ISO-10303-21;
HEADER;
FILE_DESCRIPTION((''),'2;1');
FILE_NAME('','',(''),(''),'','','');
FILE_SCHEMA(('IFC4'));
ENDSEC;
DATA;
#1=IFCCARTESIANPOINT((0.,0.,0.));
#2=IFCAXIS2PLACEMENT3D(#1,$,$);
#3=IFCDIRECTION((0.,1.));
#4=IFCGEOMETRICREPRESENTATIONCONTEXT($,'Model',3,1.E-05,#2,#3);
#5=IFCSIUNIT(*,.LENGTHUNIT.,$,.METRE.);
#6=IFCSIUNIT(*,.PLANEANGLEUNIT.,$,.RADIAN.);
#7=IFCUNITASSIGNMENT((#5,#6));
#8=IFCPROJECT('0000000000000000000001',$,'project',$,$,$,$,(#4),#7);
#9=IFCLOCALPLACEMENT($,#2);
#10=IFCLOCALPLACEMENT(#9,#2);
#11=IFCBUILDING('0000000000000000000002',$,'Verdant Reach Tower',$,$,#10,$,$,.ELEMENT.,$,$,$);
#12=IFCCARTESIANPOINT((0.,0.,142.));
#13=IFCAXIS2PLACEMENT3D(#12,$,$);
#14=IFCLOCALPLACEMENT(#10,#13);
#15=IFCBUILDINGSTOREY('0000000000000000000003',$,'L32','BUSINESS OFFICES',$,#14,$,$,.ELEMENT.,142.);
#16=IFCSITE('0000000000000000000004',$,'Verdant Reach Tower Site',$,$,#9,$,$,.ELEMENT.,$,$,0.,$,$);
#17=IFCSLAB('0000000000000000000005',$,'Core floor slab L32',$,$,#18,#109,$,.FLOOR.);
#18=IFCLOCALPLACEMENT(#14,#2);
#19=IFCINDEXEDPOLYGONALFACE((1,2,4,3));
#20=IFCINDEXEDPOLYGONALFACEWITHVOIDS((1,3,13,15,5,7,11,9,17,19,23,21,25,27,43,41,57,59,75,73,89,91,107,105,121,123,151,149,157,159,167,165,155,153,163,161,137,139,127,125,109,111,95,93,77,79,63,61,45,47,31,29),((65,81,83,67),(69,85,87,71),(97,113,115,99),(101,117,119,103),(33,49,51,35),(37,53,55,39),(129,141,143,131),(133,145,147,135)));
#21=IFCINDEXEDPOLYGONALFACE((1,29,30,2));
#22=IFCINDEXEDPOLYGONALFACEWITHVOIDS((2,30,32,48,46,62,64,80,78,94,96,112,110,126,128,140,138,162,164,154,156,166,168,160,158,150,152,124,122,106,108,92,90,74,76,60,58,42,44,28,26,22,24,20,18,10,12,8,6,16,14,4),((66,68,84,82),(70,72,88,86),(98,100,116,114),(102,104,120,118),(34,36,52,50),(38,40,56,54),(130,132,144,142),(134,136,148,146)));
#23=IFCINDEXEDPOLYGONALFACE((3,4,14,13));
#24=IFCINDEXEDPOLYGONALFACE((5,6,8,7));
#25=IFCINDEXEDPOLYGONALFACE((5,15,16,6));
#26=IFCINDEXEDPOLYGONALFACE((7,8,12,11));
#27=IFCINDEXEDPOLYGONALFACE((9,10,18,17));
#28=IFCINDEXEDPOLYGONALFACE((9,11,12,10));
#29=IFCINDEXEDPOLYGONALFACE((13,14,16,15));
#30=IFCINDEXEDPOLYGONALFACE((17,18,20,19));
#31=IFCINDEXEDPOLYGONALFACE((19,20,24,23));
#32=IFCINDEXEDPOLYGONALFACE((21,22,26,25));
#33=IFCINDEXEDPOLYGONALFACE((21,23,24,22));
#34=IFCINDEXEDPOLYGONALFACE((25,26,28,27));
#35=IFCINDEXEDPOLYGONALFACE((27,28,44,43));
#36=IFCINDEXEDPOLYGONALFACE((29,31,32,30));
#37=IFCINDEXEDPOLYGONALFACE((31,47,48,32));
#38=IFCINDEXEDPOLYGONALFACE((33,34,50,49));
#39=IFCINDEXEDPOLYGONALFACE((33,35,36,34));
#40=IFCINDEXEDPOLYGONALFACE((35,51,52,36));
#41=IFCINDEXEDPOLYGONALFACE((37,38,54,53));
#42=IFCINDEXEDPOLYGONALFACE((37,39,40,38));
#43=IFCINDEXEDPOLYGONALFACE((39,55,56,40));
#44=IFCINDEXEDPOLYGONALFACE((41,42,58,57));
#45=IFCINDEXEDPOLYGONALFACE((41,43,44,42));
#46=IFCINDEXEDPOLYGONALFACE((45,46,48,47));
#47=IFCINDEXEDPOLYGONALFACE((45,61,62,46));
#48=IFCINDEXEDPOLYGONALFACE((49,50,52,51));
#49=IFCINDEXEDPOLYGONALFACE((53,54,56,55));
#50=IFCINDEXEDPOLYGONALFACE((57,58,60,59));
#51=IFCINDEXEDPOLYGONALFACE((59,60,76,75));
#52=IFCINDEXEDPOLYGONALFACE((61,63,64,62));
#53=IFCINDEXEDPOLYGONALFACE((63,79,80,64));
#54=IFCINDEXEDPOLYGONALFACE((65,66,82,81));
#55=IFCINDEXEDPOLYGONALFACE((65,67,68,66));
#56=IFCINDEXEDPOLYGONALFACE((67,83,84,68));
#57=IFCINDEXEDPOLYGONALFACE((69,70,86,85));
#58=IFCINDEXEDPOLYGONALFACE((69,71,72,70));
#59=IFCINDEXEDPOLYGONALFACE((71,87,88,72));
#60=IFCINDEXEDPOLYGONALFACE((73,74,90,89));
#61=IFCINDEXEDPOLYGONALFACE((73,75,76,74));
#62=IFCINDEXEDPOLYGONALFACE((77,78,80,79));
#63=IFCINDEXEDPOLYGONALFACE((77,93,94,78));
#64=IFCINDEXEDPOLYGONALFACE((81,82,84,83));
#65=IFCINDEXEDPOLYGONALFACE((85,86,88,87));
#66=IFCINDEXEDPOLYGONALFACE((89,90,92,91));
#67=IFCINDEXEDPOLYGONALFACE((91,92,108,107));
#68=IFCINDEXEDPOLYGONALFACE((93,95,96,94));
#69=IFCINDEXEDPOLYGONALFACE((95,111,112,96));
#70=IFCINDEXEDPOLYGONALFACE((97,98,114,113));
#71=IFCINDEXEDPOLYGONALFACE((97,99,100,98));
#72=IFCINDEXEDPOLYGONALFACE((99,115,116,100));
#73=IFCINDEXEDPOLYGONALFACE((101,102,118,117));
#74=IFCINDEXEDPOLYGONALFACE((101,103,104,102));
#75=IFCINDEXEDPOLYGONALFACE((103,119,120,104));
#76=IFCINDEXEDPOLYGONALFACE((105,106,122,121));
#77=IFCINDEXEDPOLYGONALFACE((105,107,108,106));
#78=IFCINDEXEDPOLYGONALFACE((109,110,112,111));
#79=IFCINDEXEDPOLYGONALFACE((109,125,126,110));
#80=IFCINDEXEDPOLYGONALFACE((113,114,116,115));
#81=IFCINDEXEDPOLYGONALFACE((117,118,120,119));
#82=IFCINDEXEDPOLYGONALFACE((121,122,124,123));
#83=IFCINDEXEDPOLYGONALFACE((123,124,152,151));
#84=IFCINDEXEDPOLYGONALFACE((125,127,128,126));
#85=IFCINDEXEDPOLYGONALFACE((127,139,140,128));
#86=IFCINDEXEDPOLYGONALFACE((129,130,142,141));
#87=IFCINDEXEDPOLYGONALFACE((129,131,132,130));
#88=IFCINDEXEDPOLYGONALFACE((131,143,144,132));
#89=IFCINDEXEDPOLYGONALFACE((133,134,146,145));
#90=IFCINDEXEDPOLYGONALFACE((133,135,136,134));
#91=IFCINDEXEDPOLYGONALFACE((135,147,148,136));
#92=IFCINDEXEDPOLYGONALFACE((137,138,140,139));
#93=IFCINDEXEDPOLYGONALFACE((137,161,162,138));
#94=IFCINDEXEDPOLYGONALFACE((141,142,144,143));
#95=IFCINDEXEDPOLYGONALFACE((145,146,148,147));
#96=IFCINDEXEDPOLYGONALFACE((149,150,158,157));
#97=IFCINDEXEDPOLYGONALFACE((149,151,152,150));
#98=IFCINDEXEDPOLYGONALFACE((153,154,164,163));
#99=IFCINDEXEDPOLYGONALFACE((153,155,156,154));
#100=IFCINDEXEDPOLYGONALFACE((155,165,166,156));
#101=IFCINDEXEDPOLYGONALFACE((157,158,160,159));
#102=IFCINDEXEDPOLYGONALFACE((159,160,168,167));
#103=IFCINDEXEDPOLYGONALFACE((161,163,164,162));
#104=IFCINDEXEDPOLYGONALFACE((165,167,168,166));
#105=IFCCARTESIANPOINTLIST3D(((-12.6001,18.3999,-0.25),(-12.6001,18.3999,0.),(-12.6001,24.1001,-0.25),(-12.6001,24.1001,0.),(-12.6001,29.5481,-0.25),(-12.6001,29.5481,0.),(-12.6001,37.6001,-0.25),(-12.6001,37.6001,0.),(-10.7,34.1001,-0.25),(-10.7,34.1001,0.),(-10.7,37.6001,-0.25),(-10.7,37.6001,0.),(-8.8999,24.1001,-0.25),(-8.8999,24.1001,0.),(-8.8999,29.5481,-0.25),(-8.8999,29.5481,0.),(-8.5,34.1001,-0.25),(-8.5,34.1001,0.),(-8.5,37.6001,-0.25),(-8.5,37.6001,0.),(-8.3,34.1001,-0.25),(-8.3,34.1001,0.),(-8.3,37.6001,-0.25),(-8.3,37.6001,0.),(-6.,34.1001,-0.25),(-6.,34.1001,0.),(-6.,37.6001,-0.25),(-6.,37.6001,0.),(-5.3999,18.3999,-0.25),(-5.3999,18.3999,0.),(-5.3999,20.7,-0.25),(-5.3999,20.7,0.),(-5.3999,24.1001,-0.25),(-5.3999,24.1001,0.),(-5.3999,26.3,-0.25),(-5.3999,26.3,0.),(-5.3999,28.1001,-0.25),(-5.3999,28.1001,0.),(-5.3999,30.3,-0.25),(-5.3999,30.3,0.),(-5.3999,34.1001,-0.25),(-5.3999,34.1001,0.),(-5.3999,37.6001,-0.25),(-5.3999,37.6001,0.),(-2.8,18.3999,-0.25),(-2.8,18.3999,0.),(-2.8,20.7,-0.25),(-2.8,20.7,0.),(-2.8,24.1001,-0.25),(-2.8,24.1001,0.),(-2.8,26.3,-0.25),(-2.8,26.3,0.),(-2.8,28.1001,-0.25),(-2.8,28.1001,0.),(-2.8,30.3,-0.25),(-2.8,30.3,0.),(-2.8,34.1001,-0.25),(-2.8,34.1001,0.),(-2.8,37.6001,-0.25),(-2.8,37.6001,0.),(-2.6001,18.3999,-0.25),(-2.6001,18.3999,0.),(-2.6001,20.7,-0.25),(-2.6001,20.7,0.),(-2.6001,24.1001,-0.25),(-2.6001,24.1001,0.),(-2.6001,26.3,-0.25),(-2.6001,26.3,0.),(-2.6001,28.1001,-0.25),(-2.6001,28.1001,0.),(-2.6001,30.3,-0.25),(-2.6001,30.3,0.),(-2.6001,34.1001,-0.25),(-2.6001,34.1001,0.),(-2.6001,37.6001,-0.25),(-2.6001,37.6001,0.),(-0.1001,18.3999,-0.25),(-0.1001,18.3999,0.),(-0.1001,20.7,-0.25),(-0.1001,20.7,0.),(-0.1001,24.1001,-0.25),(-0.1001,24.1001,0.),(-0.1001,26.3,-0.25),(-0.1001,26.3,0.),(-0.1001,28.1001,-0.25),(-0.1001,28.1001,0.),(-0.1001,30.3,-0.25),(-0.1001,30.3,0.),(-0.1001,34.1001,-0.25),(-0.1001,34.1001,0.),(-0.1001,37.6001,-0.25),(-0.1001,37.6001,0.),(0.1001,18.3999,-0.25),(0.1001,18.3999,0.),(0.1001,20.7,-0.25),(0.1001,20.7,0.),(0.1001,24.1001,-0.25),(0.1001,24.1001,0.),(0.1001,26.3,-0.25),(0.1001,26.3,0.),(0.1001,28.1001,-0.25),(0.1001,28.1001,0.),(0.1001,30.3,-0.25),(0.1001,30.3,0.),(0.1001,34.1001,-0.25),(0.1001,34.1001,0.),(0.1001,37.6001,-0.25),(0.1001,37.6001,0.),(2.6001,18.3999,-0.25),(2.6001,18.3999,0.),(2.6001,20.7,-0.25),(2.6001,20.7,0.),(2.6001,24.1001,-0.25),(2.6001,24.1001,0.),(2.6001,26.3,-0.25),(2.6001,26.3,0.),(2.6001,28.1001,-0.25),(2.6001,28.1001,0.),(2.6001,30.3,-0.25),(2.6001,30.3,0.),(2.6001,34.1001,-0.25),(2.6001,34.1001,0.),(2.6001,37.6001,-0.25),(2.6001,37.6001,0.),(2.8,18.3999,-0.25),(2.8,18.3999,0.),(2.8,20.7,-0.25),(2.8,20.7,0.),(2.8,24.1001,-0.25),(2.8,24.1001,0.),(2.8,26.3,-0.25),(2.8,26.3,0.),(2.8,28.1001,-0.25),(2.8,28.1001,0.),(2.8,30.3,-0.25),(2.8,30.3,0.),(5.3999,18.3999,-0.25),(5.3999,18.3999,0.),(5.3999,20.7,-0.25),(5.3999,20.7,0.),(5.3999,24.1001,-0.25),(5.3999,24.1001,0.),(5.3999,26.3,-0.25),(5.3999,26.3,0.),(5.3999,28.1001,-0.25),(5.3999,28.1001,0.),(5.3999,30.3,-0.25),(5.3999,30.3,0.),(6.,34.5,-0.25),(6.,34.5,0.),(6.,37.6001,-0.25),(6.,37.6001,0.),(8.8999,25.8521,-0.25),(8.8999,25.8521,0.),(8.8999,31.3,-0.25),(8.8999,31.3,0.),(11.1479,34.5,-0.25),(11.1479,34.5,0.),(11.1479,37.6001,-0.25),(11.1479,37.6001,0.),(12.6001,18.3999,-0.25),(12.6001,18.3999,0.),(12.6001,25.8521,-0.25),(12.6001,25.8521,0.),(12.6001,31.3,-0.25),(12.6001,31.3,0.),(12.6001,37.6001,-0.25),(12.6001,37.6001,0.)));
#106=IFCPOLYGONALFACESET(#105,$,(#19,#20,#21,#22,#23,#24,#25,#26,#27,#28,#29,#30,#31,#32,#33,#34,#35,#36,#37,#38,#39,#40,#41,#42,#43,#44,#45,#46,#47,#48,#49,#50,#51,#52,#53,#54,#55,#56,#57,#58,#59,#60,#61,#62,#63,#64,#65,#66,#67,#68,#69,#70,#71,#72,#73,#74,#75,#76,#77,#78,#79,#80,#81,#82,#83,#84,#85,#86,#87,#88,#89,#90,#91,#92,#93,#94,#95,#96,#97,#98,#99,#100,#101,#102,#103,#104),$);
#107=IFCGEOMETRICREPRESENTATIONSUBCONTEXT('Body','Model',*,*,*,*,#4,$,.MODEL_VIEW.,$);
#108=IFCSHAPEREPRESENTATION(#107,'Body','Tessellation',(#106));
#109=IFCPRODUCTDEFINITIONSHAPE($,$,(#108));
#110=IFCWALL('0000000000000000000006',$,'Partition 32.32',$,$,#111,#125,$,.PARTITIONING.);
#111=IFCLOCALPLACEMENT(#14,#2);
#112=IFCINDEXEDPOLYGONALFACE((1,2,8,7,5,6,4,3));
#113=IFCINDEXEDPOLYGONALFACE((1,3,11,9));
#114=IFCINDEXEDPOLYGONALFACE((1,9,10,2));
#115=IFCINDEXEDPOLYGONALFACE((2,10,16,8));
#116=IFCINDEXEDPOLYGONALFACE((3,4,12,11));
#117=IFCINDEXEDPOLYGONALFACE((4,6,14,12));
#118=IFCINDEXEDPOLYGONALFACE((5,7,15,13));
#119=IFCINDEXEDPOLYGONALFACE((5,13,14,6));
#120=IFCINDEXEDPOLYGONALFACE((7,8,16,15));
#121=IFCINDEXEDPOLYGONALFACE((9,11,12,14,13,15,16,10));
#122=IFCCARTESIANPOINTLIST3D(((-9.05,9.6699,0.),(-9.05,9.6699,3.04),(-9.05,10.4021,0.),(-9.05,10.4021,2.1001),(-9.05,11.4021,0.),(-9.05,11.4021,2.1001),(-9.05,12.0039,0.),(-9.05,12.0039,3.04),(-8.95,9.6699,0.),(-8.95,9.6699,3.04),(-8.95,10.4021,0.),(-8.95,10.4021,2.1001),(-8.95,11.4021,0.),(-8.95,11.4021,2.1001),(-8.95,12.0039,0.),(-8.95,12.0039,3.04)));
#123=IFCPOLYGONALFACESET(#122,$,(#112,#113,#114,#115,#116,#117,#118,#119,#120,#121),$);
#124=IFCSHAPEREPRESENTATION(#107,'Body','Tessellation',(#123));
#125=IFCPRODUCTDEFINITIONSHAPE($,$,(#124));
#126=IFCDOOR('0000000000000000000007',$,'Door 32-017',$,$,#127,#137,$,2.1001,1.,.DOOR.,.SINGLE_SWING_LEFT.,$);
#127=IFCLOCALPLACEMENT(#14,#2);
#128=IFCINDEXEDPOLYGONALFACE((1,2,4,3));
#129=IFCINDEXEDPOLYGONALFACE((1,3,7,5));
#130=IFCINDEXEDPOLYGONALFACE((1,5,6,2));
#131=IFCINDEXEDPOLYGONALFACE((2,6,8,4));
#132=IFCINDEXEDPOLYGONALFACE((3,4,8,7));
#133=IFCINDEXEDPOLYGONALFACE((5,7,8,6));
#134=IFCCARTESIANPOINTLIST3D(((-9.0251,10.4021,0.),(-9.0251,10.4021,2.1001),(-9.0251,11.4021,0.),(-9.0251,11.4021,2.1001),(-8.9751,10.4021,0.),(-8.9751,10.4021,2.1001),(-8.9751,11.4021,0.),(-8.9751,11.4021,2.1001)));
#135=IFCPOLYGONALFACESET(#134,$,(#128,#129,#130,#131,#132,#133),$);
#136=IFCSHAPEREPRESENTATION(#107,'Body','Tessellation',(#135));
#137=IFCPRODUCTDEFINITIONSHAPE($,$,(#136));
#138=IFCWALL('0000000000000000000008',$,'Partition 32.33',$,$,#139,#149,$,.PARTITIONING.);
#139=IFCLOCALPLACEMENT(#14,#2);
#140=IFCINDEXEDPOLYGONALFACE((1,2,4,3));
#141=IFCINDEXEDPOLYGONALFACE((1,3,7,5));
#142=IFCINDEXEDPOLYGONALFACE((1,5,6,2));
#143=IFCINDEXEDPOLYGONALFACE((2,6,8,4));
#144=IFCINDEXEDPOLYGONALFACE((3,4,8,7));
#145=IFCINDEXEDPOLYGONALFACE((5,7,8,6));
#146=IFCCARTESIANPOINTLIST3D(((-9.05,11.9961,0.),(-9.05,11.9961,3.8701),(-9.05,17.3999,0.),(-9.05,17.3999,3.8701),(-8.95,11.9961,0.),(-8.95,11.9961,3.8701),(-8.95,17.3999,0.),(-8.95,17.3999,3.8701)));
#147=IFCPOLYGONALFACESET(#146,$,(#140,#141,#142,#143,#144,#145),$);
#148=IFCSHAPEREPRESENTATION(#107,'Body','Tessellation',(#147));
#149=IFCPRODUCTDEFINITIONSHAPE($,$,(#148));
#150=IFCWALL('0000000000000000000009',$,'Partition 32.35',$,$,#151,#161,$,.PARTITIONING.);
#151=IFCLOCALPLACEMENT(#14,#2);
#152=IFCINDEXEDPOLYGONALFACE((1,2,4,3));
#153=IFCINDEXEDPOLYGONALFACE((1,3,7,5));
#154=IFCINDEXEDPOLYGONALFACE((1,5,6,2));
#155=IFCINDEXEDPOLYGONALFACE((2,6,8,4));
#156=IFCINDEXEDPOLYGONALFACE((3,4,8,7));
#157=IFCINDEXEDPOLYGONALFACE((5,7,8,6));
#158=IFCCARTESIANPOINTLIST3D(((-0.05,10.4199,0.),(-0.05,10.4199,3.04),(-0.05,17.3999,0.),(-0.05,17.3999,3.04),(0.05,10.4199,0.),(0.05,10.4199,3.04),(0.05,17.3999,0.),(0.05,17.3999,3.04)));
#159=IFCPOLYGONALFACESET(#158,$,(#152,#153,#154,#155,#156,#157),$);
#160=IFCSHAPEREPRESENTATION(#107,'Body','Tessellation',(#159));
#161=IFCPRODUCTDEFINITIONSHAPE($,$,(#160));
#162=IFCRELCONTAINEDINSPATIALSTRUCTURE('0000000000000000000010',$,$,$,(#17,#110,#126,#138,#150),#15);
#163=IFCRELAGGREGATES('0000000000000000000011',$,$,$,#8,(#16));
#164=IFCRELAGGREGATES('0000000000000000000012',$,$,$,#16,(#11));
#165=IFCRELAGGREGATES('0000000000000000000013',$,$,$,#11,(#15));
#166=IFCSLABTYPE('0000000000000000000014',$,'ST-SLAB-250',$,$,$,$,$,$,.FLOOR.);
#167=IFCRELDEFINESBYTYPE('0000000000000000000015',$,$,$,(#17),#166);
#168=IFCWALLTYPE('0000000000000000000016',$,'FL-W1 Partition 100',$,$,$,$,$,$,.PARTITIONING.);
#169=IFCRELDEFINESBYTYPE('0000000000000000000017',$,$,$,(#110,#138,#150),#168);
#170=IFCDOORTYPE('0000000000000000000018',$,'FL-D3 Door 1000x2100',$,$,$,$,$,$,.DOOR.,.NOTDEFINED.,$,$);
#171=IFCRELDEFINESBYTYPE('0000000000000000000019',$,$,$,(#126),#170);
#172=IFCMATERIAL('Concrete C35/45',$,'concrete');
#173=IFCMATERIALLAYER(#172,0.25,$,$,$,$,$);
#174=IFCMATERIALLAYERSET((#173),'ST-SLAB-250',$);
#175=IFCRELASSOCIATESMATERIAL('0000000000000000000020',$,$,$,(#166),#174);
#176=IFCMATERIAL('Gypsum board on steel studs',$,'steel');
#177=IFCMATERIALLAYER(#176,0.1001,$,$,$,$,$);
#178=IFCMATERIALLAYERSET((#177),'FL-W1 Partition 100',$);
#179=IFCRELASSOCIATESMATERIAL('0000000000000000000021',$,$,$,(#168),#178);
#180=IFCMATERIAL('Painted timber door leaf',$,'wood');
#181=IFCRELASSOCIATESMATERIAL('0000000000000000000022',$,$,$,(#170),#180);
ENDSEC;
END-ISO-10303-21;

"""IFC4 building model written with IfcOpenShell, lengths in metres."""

from ifc_helpers import new_model, si_unit, direction, frame, frame_2d, origin, place, context, subcontext, project, spatial, polyline, rectangle, outline, extrude, material, layer, layer_set, type_object, element, fill, save


model = new_model("IFC4")

# Units and contexts
model_context = context("Model", 3, precision=1e-05, world=origin(), true_north=direction((0.0, 1.0)))
body_context = subcontext(model_context, "Body", "Model", "MODEL_VIEW")
ifc_project = project(units=[si_unit("LENGTHUNIT", "METRE"), si_unit("PLANEANGLEUNIT", "RADIAN")], contexts=[model_context])

# Site, building, storey
site_placement = place(None, origin())
site = spatial("IfcSite", under=ifc_project, at=site_placement, Name="Verdant Reach Tower Site", CompositionType="ELEMENT", RefElevation=0.0)
building_placement = place(site_placement, origin())
building = spatial("IfcBuilding", under=site, at=building_placement, Name="Verdant Reach Tower", CompositionType="ELEMENT")
storey_placement = place(building_placement, frame((0.0, 0.0, 142.0)))
storey = spatial("IfcBuildingStorey", under=building, at=storey_placement, Name="L32", Description="BUSINESS OFFICES", CompositionType="ELEMENT", Elevation=142.0)

# Slab
ifc_material_1 = material(Name="Concrete C35/45", Category="concrete")
ifc_layer_1 = layer(ifc_material_1, 0.25)
ifc_layer_set_1 = layer_set([ifc_layer_1], Name="ST-SLAB-250")
slab_type_1 = type_object("IfcSlabType", Name="ST-SLAB-250", PredefinedType="FLOOR", material=ifc_layer_set_1)
slab_1_placement = place(storey_placement, frame((0.0, 0.0, -0.25)))
element("IfcSlab", 1, at=slab_1_placement, inside=storey, type_object=slab_type_1, Name="Core floor slab L32", PredefinedType="FLOOR", context=body_context, shape_type="SweptSolid", body=[
    extrude(outline(polyline([(12.6001, 18.3999), (5.3999, 18.3999), (5.3999, 20.7), (2.8, 20.7), (2.8, 18.3999), (2.6001, 18.3999), (2.6001, 20.7), (0.1001, 20.7), (0.1001, 18.3999), (-0.1001, 18.3999), (-0.1001, 20.7), (-2.6001, 20.7), (-2.6001, 18.3999), (-2.8, 18.3999), (-2.8, 20.7), (-5.3999, 20.7), (-5.3999, 18.3999), (-12.6001, 18.3999), (-12.6001, 24.1001), (-8.8999, 24.1001), (-8.8999, 29.5481), (-12.6001, 29.5481), (-12.6001, 37.6001), (-10.7, 37.6001), (-10.7, 34.1001), (-8.5, 34.1001), (-8.5, 37.6001), (-8.3, 37.6001), (-8.3, 34.1001), (-6.0, 34.1001), (-6.0, 37.6001), (-5.3999, 37.6001), (-5.3999, 34.1001), (-2.8, 34.1001), (-2.8, 37.6001), (-2.6001, 37.6001), (-2.6001, 34.1001), (-0.1001, 34.1001), (-0.1001, 37.6001), (0.1001, 37.6001), (0.1001, 34.1001), (2.6001, 34.1001), (2.6001, 37.6001), (6.0, 37.6001), (6.0, 34.5), (11.1479, 34.5), (11.1479, 37.6001), (12.6001, 37.6001), (12.6001, 31.3), (8.8999, 31.3), (8.8999, 25.8521), (12.6001, 25.8521), (12.6001, 18.3999)]), holes=[polyline([(-2.8, 24.1001), (-2.8, 26.3), (-5.3999, 26.3), (-5.3999, 24.1001), (-2.8, 24.1001)]), polyline([(-2.6001, 24.1001), (-0.1001, 24.1001), (-0.1001, 26.3), (-2.6001, 26.3), (-2.6001, 24.1001)]), polyline([(-2.8, 28.1001), (-2.8, 30.3), (-5.3999, 30.3), (-5.3999, 28.1001), (-2.8, 28.1001)]), polyline([(-0.1001, 28.1001), (-0.1001, 30.3), (-2.6001, 30.3), (-2.6001, 28.1001), (-0.1001, 28.1001)]), polyline([(2.6001, 24.1001), (2.6001, 26.3), (0.1001, 26.3), (0.1001, 24.1001), (2.6001, 24.1001)]), polyline([(2.8, 24.1001), (5.3999, 24.1001), (5.3999, 26.3), (2.8, 26.3), (2.8, 24.1001)]), polyline([(2.6001, 28.1001), (2.6001, 30.3), (0.1001, 30.3), (0.1001, 28.1001), (2.6001, 28.1001)]), polyline([(5.3999, 28.1001), (5.3999, 30.3), (2.8, 30.3), (2.8, 28.1001), (5.3999, 28.1001)])]), origin(), (0.0, 0.0, 1.0), 0.25),
])

# Wall, opening, door
ifc_material_2 = material(Name="Gypsum board on steel studs", Category="steel")
ifc_layer_2 = layer(ifc_material_2, 0.1001)
ifc_layer_set_2 = layer_set([ifc_layer_2], Name="FL-W1 Partition 100")
wall_type = type_object("IfcWallType", Name="FL-W1 Partition 100", PredefinedType="PARTITIONING", material=ifc_layer_set_2)
wall_1_placement = place(storey_placement, frame((-9.0, 12.0039, 0.0), z_axis=(0.0, 0.0, 1.0), x_axis=(0.0, -1.0, 0.0)))
wall_1 = element("IfcWall", 2, at=wall_1_placement, inside=storey, type_object=wall_type, Name="Partition 32.32", PredefinedType="PARTITIONING", context=body_context, shape_type="SweptSolid", body=[
    extrude(rectangle(XDim=2.334, YDim=0.1001, at=frame_2d((1.167, 0.0))), origin(), (0.0, 0.0, 1.0), 3.04),
])
opening_placement = place(wall_1_placement, frame((0.6018, 0.0, 0.0)))
opening = element("IfcOpeningElement", 3, at=opening_placement, cuts=wall_1, PredefinedType="OPENING", context=body_context, shape_type="SweptSolid", body=[
    extrude(rectangle(XDim=1.0, YDim=2.1001, at=frame_2d((0.5, 1.05))), frame((0.0, 0.0601, 0.0), z_axis=(0.0, -1.0, 0.0), x_axis=(1.0, 0.0, 0.0)), (0.0, 0.0, 1.0), 0.1201),
])
ifc_material_3 = material(Name="Painted timber door leaf", Category="wood")
door_type = type_object("IfcDoorType", Name="FL-D3 Door 1000x2100", OperationType="NOTDEFINED", PredefinedType="DOOR", material=ifc_material_3)
door_placement = place(opening_placement, origin())
door = element("IfcDoor", 4, at=door_placement, inside=storey, type_object=door_type, Name="Door 32-017", OperationType="SINGLE_SWING_LEFT", OverallHeight=2.1001, OverallWidth=1.0, PredefinedType="DOOR", context=body_context, shape_type="SweptSolid", body=[
    extrude(rectangle(XDim=1.0, YDim=2.1001, at=frame_2d((0.5, 1.05))), frame((0.0, 0.0249, 0.0), z_axis=(0.0, -1.0, 0.0), x_axis=(1.0, 0.0, 0.0)), (0.0, 0.0, 1.0), 0.05),
])
fill(opening, door)

# Walls
wall_2_placement = place(storey_placement, frame((-9.0, 11.9961, 0.0), z_axis=(0.0, 0.0, 1.0), x_axis=(0.0, 1.0, 0.0)))
element("IfcWall", 5, at=wall_2_placement, inside=storey, type_object=wall_type, Name="Partition 32.33", PredefinedType="PARTITIONING", context=body_context, shape_type="SweptSolid", body=[
    extrude(rectangle(XDim=5.4038, YDim=0.1001, at=frame_2d((2.7019, 0.0))), origin(), (0.0, 0.0, 1.0), 3.8701),
])
wall_3_placement = place(storey_placement, frame((0.0, 10.4199, 0.0), z_axis=(0.0, 0.0, 1.0), x_axis=(0.0, 1.0, 0.0)))
element("IfcWall", 6, at=wall_3_placement, inside=storey, type_object=wall_type, Name="Partition 32.35", PredefinedType="PARTITIONING", context=body_context, shape_type="SweptSolid", body=[
    extrude(rectangle(XDim=6.98, YDim=0.1001, at=frame_2d((3.49, 0.0))), origin(), (0.0, 0.0, 1.0), 3.04),
])

save(model, "model.ifc")
